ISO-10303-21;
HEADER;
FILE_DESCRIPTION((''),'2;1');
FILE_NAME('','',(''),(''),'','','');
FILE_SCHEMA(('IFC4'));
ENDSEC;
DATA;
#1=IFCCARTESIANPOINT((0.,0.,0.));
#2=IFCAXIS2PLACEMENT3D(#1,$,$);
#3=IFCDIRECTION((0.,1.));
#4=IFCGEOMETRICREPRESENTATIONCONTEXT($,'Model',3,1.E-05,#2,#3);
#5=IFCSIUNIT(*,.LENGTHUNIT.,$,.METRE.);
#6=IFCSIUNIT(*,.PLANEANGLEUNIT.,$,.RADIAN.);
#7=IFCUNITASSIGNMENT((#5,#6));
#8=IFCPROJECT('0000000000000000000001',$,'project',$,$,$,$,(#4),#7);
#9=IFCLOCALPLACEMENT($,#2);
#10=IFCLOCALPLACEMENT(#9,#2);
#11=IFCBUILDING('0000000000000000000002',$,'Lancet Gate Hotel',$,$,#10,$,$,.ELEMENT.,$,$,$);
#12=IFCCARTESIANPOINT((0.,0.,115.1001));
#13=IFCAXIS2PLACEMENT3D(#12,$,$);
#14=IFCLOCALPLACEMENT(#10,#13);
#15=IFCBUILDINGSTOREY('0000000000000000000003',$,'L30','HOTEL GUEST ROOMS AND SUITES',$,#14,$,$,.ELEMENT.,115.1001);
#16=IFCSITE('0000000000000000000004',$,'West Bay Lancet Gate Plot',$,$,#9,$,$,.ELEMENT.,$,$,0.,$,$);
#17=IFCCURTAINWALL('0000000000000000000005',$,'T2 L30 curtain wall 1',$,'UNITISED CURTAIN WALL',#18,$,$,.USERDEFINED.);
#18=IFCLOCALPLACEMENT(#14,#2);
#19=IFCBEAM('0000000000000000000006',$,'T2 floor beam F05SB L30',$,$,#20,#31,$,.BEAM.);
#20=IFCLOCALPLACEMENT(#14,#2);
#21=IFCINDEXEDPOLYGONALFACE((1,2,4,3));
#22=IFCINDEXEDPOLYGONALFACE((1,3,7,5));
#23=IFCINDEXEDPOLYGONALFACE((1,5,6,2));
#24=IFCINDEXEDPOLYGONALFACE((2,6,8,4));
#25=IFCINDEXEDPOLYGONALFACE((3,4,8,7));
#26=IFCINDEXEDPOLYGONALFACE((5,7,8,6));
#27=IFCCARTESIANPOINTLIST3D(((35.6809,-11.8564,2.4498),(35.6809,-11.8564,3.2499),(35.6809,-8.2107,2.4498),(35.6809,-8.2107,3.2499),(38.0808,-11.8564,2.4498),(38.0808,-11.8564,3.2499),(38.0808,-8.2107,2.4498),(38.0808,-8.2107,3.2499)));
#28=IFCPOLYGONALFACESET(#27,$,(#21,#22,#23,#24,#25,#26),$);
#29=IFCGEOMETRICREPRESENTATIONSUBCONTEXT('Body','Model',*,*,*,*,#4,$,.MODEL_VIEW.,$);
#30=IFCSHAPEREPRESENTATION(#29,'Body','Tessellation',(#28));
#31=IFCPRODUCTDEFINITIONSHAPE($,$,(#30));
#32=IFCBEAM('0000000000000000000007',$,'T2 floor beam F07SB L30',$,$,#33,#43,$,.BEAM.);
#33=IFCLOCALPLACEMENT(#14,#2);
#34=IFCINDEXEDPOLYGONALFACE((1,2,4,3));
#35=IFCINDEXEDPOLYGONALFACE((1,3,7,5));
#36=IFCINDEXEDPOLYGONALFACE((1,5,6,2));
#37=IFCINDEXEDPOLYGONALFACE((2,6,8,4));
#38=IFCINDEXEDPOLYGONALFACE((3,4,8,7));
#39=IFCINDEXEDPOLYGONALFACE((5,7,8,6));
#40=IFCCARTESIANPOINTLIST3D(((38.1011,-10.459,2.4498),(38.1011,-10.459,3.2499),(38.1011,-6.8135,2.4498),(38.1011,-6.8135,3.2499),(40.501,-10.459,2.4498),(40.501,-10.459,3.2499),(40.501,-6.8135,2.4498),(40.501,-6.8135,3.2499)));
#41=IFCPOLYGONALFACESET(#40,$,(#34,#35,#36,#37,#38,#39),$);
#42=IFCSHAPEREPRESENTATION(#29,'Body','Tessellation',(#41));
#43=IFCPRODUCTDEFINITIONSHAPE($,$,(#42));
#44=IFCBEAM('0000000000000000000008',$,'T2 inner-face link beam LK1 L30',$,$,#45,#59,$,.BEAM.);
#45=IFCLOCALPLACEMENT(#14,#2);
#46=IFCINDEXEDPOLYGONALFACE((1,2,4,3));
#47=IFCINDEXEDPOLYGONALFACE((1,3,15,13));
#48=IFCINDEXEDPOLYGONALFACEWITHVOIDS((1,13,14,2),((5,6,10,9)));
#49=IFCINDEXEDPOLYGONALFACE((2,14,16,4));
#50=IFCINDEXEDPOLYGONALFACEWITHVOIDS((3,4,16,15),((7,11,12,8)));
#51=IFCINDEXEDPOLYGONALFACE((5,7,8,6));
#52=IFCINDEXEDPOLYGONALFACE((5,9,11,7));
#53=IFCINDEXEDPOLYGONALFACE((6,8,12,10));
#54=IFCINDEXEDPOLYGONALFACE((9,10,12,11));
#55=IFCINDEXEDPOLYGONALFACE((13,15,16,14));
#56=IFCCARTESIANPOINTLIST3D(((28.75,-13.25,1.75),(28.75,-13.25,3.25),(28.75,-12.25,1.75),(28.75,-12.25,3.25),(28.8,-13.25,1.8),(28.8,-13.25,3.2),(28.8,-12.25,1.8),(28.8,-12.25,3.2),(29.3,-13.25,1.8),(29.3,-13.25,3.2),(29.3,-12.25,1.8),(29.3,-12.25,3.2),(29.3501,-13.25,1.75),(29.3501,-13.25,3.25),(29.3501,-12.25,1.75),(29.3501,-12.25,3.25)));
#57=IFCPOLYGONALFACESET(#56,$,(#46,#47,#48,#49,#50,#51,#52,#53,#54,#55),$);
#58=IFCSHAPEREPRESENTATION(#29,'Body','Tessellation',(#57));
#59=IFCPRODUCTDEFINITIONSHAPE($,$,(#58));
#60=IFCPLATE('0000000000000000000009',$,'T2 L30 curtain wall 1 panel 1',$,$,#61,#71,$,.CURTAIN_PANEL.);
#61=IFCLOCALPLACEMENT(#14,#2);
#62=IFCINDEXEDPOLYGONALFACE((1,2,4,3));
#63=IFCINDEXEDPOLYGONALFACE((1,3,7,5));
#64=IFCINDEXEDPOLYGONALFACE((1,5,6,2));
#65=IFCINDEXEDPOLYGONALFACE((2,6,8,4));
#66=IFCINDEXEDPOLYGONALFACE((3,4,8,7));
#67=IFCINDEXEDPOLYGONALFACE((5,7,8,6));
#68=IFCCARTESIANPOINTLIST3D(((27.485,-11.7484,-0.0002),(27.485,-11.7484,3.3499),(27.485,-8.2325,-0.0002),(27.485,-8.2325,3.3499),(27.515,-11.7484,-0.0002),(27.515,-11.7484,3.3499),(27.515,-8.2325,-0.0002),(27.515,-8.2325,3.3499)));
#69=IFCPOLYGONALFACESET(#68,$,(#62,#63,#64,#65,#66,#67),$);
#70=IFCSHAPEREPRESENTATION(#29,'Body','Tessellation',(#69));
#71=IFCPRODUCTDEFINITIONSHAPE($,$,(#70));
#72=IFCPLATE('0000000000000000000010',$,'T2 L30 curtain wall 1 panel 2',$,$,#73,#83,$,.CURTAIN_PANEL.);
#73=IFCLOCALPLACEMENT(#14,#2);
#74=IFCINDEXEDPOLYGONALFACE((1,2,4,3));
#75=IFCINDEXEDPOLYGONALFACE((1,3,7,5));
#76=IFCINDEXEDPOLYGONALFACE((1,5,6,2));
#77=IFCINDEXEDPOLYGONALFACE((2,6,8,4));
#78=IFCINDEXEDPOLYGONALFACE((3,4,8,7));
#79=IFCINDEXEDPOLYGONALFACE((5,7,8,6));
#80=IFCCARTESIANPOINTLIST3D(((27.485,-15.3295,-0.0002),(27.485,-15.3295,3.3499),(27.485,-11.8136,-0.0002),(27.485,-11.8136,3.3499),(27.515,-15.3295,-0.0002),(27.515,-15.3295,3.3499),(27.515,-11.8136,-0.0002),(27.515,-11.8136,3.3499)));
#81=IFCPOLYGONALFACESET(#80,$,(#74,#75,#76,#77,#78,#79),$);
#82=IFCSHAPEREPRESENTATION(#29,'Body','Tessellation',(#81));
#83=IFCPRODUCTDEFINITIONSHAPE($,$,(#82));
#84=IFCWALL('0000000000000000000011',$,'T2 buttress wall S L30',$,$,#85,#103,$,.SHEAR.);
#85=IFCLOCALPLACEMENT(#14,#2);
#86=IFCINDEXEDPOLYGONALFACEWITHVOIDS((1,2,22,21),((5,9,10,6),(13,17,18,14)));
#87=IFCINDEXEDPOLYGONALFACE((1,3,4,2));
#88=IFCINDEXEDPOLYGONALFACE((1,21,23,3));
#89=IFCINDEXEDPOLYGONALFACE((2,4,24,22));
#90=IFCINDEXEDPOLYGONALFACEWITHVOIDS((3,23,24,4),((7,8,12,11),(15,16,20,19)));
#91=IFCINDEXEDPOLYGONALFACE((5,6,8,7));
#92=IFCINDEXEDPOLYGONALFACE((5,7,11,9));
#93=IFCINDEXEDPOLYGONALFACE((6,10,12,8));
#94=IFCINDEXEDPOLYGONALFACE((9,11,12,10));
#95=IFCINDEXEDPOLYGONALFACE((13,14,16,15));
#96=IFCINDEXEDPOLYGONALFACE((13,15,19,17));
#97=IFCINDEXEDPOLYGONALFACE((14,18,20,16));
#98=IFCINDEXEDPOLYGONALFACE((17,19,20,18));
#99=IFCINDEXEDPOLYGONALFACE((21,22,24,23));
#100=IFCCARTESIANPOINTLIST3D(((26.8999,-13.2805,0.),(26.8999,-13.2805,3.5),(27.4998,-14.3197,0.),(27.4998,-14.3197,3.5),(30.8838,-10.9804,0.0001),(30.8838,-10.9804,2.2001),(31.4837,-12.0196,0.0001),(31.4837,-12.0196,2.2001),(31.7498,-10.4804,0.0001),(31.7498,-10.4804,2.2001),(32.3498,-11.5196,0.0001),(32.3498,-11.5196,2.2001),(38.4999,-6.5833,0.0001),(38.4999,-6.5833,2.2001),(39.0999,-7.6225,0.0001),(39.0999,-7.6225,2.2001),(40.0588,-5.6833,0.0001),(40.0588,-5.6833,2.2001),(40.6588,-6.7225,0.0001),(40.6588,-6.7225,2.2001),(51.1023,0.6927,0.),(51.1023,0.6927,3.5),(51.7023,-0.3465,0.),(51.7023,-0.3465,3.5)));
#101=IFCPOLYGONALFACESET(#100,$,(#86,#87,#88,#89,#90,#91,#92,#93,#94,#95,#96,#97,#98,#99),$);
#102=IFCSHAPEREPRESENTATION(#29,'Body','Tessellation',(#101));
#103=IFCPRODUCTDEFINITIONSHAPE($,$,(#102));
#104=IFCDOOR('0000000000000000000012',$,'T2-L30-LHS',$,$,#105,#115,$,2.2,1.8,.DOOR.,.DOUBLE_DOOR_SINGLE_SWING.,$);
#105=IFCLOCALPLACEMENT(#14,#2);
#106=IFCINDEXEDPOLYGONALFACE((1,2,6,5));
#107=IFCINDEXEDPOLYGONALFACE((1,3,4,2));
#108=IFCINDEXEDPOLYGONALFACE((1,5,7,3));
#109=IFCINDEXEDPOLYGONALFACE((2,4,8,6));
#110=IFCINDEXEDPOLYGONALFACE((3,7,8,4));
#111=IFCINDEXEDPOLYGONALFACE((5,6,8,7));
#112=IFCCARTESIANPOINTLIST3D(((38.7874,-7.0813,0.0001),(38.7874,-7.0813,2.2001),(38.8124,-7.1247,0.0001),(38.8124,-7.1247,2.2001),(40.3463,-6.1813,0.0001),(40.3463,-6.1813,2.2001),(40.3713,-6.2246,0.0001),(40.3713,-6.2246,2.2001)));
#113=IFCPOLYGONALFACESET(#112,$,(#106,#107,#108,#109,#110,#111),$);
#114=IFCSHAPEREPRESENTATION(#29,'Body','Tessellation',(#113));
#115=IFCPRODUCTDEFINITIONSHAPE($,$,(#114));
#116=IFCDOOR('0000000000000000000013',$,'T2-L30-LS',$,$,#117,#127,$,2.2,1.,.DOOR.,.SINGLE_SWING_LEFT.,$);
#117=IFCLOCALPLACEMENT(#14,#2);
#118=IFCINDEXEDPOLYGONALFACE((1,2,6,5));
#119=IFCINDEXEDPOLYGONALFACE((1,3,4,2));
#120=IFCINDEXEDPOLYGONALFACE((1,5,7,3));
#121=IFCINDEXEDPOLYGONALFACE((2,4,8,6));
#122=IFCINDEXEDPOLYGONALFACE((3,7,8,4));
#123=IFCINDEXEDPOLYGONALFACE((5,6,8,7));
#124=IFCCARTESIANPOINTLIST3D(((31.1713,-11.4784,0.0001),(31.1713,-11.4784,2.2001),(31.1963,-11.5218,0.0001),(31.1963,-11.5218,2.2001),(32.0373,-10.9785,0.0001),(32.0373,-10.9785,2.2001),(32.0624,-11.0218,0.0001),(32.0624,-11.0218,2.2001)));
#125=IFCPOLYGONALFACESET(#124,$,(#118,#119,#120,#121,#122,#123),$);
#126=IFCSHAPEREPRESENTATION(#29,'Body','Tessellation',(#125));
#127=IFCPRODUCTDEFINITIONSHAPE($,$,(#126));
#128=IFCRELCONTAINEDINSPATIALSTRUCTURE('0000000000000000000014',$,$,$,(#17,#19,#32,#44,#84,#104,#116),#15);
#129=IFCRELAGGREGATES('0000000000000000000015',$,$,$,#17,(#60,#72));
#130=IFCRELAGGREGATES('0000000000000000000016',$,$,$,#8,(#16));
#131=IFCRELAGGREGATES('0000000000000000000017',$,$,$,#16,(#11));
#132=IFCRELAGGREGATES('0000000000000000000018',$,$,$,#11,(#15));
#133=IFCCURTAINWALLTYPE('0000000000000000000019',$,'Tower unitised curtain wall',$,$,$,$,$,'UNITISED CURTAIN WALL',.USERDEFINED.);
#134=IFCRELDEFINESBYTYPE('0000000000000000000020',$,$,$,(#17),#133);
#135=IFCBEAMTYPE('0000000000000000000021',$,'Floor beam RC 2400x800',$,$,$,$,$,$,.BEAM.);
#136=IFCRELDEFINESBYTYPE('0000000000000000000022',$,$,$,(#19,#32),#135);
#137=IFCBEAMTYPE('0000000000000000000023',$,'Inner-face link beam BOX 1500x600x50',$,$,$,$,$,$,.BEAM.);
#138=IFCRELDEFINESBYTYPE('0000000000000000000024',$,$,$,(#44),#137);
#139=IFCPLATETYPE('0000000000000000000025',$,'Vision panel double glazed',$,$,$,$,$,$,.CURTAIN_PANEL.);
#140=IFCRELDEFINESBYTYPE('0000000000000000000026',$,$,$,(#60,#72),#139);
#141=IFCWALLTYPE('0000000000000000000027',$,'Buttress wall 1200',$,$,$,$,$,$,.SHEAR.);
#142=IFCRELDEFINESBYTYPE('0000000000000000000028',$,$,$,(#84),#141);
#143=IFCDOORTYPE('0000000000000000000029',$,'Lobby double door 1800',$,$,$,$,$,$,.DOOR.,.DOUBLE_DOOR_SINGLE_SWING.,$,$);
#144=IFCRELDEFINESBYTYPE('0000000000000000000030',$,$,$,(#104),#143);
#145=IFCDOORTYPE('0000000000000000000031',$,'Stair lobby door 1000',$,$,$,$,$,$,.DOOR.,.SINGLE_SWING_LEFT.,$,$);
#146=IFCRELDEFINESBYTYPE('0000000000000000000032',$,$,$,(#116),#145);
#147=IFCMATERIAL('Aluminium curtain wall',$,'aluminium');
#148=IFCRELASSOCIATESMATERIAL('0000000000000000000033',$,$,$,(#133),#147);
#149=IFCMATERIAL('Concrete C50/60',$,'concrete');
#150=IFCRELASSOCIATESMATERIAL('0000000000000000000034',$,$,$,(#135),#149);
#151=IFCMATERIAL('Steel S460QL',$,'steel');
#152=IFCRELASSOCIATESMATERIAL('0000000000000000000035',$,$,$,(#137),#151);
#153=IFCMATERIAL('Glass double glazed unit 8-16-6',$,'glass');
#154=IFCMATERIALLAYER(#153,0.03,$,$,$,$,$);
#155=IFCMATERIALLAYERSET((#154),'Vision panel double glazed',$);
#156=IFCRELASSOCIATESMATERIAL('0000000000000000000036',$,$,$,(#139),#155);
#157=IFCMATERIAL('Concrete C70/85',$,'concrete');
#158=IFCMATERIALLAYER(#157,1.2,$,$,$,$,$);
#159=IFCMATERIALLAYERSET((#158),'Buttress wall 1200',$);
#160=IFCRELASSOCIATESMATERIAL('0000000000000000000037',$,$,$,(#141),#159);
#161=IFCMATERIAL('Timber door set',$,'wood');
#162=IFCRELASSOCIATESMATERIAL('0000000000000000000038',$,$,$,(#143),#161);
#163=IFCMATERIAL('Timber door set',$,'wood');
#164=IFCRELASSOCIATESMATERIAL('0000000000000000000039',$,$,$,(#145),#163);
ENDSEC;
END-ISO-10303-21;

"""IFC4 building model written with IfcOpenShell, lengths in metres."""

from ifc_helpers import new_model, si_unit, direction, frame, frame_2d, origin, origin_2d, place, context, subcontext, project, spatial, rectangle, hollow_rectangle, extrude, material, layer, layer_set, material_profile, profile_set, type_object, element, fill, aggregate, save


model = new_model("IFC4")

# Units and contexts
model_context = context("Model", 3, precision=1e-05, world=origin(), true_north=direction((0.0, 1.0)))
body_context = subcontext(model_context, "Body", "Model", "MODEL_VIEW")
ifc_project = project(units=[si_unit("LENGTHUNIT", "METRE"), si_unit("PLANEANGLEUNIT", "RADIAN")], contexts=[model_context])

# Site, building, storey
site_placement = place(None, origin())
site = spatial("IfcSite", under=ifc_project, at=site_placement, Name="West Bay Lancet Gate Plot", CompositionType="ELEMENT", RefElevation=0.0)
building_placement = place(site_placement, origin())
building = spatial("IfcBuilding", under=site, at=building_placement, Name="Lancet Gate Hotel", CompositionType="ELEMENT")
storey_placement = place(building_placement, frame((0.0, 0.0, 115.1001)))
storey = spatial("IfcBuildingStorey", under=building, at=storey_placement, Name="L30", Description="HOTEL GUEST ROOMS AND SUITES", CompositionType="ELEMENT", Elevation=115.1001)

# Curtain wall
ifc_material_1 = material(Name="Aluminium curtain wall", Category="aluminium")
curtain_wall_type = type_object("IfcCurtainWallType", Name="Tower unitised curtain wall", ElementType="UNITISED CURTAIN WALL", PredefinedType="USERDEFINED", material=ifc_material_1)
curtain_wall_placement = place(storey_placement, origin())
curtain_wall = element("IfcCurtainWall", 1, at=curtain_wall_placement, inside=storey, type_object=curtain_wall_type, Name="T2 L30 curtain wall 1", ObjectType="UNITISED CURTAIN WALL", PredefinedType="USERDEFINED")

# Beams
ifc_material_2 = material(Name="Concrete C50/60", Category="concrete")
ifc_material_profile_1 = material_profile(ifc_material_2, rectangle(XDim=2.3999, YDim=0.8, at=origin_2d()), Name="RC 2400x800")
ifc_profile_set_1 = profile_set([ifc_material_profile_1], Name="Concrete C50/60")
beam_type_1 = type_object("IfcBeamType", Name="Floor beam RC 2400x800", PredefinedType="BEAM", material=ifc_profile_set_1)
for number, where, z_axis, x_axis, name in (
    (2, (36.8809, -11.8564, 2.8499), (0.0, 1.0, 0.0), (-1.0, 0.0, 0.0), "T2 floor beam F05SB L30"),
):
    element("IfcBeam", number, at=place(storey_placement, frame(where, z_axis=z_axis, x_axis=x_axis)), inside=storey, type_object=beam_type_1, Name=name, PredefinedType="BEAM", context=body_context, shape_type="SweptSolid", body=[
        extrude(rectangle(XDim=2.3999, YDim=0.8, at=origin_2d()), origin(), (0.0, 0.0, 1.0), 3.6458),
    ])
beam_1_placement = place(storey_placement, frame((39.301, -10.459, 2.8499), z_axis=(0.0, 1.0, 0.0), x_axis=(-1.0, 0.0, 0.0)))
element("IfcBeam", 3, at=beam_1_placement, inside=storey, type_object=beam_type_1, Name="T2 floor beam F07SB L30", PredefinedType="BEAM", context=body_context, shape_type="SweptSolid", body=[
    extrude(rectangle(XDim=2.3999, YDim=0.8, at=origin_2d()), origin(), (0.0, 0.0, 1.0), 3.6455),
])
ifc_material_3 = material(Name="Steel S460QL", Category="steel")
ifc_material_profile_2 = material_profile(ifc_material_3, hollow_rectangle(XDim=0.6001, YDim=1.5, WallThickness=0.05, at=origin_2d()), Name="BOX 1500x600x50")
ifc_profile_set_2 = profile_set([ifc_material_profile_2], Name="Steel S460QL")
beam_type_2 = type_object("IfcBeamType", Name="Inner-face link beam BOX 1500x600x50", PredefinedType="BEAM", material=ifc_profile_set_2)
beam_2_placement = place(storey_placement, frame((29.05, -13.25, 2.5), z_axis=(0.0, 1.0, 0.0), x_axis=(-1.0, 0.0, 0.0)))
element("IfcBeam", 4, at=beam_2_placement, inside=storey, type_object=beam_type_2, Name="T2 inner-face link beam LK1 L30", PredefinedType="BEAM", context=body_context, shape_type="SweptSolid", body=[
    extrude(hollow_rectangle(XDim=0.6001, YDim=1.5, WallThickness=0.05, at=origin_2d()), origin(), (0.0, 0.0, 1.0), 1.0),
])

# Plates
ifc_material_4 = material(Name="Glass double glazed unit 8-16-6", Category="glass")
ifc_layer_1 = layer(ifc_material_4, 0.03)
ifc_layer_set_1 = layer_set([ifc_layer_1], Name="Vision panel double glazed")
plate_type = type_object("IfcPlateType", Name="Vision panel double glazed", PredefinedType="CURTAIN_PANEL", material=ifc_layer_set_1)
plate_1_placement = place(storey_placement, frame((27.5, -9.9905, -0.0002), z_axis=(0.0, 0.0, 1.0), x_axis=(0.0, -1.0, 0.0)))
plate_1 = element("IfcPlate", 5, at=plate_1_placement, type_object=plate_type, Name="T2 L30 curtain wall 1 panel 1", PredefinedType="CURTAIN_PANEL", context=body_context, shape_type="SweptSolid", body=[
    extrude(rectangle(XDim=3.5159, YDim=0.03, at=origin_2d()), origin(), (0.0, 0.0, 1.0), 3.3501),
])
plate_2_placement = place(storey_placement, frame((27.5, -13.5715, -0.0002), z_axis=(0.0, 0.0, 1.0), x_axis=(0.0, -1.0, 0.0)))
plate_2 = element("IfcPlate", 6, at=plate_2_placement, type_object=plate_type, Name="T2 L30 curtain wall 1 panel 2", PredefinedType="CURTAIN_PANEL", context=body_context, shape_type="SweptSolid", body=[
    extrude(rectangle(XDim=3.5159, YDim=0.03, at=origin_2d()), origin(), (0.0, 0.0, 1.0), 3.3501),
])
aggregate(curtain_wall, [plate_1, plate_2])

# Wall, openings, doors
ifc_material_5 = material(Name="Concrete C70/85", Category="concrete")
ifc_layer_2 = layer(ifc_material_5, 1.2)
ifc_layer_set_2 = layer_set([ifc_layer_2], Name="Buttress wall 1200")
wall_type_1 = type_object("IfcWallType", Name="Buttress wall 1200", PredefinedType="SHEAR", material=ifc_layer_set_2)
wall_1_placement = place(storey_placement, frame((27.2, -13.8, 0.0), z_axis=(0.0, 0.0, 1.0), x_axis=(0.866027, 0.499997, 0.0)))
wall_1 = element("IfcWall", 7, at=wall_1_placement, inside=storey, type_object=wall_type_1, Name="T2 buttress wall S L30", PredefinedType="SHEAR", context=body_context, shape_type="SweptSolid", body=[
    extrude(rectangle(XDim=27.9465, YDim=1.2, at=frame_2d((13.9731, 0.0))), origin(), (0.0, 0.0, 1.0), 3.5),
])
opening_1_placement = place(wall_1_placement, frame((4.6001, 0.0, 0.0)))
opening_1 = element("IfcOpeningElement", 8, at=opening_1_placement, cuts=wall_1, PredefinedType="OPENING", context=body_context, shape_type="SweptSolid", body=[
    extrude(rectangle(XDim=1.0, YDim=2.2, at=frame_2d((0.5, 1.1001))), frame((0.0, 0.6099, 0.0), z_axis=(0.0, -1.0, 0.0), x_axis=(1.0, 0.0, 0.0)), (0.0, 0.0, 1.0), 1.22),
])
opening_2_placement = place(wall_1_placement, frame((13.3945, 0.0, 0.0)))
opening_2 = element("IfcOpeningElement", 9, at=opening_2_placement, cuts=wall_1, PredefinedType="OPENING", context=body_context, shape_type="SweptSolid", body=[
    extrude(rectangle(XDim=1.8, YDim=2.2, at=frame_2d((0.8999, 1.1001))), frame((0.0, 0.6099, 0.0), z_axis=(0.0, -1.0, 0.0), x_axis=(1.0, 0.0, 0.0)), (0.0, 0.0, 1.0), 1.22),
])
ifc_material_6 = material(Name="Timber door set", Category="wood")
door_type_1 = type_object("IfcDoorType", Name="Lobby double door 1800", OperationType="DOUBLE_DOOR_SINGLE_SWING", PredefinedType="DOOR", material=ifc_material_6)
door_1_placement = place(opening_2_placement, origin())
door_1 = element("IfcDoor", 10, at=door_1_placement, inside=storey, type_object=door_type_1, Name="T2-L30-LHS", OperationType="DOUBLE_DOOR_SINGLE_SWING", OverallHeight=2.2, OverallWidth=1.8, PredefinedType="DOOR", context=body_context, shape_type="SweptSolid", body=[
    extrude(rectangle(XDim=1.8, YDim=2.2, at=frame_2d((0.8999, 1.1001))), frame((0.0, 0.0249, 0.0), z_axis=(0.0, -1.0, 0.0), x_axis=(1.0, 0.0, 0.0)), (0.0, 0.0, 1.0), 0.05),
])
fill(opening_2, door_1)
ifc_material_7 = material(Name="Timber door set", Category="wood")
door_type_2 = type_object("IfcDoorType", Name="Stair lobby door 1000", OperationType="SINGLE_SWING_LEFT", PredefinedType="DOOR", material=ifc_material_7)
door_2_placement = place(opening_1_placement, origin())
door_2 = element("IfcDoor", 11, at=door_2_placement, inside=storey, type_object=door_type_2, Name="T2-L30-LS", OperationType="SINGLE_SWING_LEFT", OverallHeight=2.2, OverallWidth=1.0, PredefinedType="DOOR", context=body_context, shape_type="SweptSolid", body=[
    extrude(rectangle(XDim=1.0, YDim=2.2, at=frame_2d((0.5, 1.1001))), frame((0.0, 0.0249, 0.0), z_axis=(0.0, -1.0, 0.0), x_axis=(1.0, 0.0, 0.0)), (0.0, 0.0, 1.0), 0.05),
])
fill(opening_1, door_2)

save(model, "model.ifc")
